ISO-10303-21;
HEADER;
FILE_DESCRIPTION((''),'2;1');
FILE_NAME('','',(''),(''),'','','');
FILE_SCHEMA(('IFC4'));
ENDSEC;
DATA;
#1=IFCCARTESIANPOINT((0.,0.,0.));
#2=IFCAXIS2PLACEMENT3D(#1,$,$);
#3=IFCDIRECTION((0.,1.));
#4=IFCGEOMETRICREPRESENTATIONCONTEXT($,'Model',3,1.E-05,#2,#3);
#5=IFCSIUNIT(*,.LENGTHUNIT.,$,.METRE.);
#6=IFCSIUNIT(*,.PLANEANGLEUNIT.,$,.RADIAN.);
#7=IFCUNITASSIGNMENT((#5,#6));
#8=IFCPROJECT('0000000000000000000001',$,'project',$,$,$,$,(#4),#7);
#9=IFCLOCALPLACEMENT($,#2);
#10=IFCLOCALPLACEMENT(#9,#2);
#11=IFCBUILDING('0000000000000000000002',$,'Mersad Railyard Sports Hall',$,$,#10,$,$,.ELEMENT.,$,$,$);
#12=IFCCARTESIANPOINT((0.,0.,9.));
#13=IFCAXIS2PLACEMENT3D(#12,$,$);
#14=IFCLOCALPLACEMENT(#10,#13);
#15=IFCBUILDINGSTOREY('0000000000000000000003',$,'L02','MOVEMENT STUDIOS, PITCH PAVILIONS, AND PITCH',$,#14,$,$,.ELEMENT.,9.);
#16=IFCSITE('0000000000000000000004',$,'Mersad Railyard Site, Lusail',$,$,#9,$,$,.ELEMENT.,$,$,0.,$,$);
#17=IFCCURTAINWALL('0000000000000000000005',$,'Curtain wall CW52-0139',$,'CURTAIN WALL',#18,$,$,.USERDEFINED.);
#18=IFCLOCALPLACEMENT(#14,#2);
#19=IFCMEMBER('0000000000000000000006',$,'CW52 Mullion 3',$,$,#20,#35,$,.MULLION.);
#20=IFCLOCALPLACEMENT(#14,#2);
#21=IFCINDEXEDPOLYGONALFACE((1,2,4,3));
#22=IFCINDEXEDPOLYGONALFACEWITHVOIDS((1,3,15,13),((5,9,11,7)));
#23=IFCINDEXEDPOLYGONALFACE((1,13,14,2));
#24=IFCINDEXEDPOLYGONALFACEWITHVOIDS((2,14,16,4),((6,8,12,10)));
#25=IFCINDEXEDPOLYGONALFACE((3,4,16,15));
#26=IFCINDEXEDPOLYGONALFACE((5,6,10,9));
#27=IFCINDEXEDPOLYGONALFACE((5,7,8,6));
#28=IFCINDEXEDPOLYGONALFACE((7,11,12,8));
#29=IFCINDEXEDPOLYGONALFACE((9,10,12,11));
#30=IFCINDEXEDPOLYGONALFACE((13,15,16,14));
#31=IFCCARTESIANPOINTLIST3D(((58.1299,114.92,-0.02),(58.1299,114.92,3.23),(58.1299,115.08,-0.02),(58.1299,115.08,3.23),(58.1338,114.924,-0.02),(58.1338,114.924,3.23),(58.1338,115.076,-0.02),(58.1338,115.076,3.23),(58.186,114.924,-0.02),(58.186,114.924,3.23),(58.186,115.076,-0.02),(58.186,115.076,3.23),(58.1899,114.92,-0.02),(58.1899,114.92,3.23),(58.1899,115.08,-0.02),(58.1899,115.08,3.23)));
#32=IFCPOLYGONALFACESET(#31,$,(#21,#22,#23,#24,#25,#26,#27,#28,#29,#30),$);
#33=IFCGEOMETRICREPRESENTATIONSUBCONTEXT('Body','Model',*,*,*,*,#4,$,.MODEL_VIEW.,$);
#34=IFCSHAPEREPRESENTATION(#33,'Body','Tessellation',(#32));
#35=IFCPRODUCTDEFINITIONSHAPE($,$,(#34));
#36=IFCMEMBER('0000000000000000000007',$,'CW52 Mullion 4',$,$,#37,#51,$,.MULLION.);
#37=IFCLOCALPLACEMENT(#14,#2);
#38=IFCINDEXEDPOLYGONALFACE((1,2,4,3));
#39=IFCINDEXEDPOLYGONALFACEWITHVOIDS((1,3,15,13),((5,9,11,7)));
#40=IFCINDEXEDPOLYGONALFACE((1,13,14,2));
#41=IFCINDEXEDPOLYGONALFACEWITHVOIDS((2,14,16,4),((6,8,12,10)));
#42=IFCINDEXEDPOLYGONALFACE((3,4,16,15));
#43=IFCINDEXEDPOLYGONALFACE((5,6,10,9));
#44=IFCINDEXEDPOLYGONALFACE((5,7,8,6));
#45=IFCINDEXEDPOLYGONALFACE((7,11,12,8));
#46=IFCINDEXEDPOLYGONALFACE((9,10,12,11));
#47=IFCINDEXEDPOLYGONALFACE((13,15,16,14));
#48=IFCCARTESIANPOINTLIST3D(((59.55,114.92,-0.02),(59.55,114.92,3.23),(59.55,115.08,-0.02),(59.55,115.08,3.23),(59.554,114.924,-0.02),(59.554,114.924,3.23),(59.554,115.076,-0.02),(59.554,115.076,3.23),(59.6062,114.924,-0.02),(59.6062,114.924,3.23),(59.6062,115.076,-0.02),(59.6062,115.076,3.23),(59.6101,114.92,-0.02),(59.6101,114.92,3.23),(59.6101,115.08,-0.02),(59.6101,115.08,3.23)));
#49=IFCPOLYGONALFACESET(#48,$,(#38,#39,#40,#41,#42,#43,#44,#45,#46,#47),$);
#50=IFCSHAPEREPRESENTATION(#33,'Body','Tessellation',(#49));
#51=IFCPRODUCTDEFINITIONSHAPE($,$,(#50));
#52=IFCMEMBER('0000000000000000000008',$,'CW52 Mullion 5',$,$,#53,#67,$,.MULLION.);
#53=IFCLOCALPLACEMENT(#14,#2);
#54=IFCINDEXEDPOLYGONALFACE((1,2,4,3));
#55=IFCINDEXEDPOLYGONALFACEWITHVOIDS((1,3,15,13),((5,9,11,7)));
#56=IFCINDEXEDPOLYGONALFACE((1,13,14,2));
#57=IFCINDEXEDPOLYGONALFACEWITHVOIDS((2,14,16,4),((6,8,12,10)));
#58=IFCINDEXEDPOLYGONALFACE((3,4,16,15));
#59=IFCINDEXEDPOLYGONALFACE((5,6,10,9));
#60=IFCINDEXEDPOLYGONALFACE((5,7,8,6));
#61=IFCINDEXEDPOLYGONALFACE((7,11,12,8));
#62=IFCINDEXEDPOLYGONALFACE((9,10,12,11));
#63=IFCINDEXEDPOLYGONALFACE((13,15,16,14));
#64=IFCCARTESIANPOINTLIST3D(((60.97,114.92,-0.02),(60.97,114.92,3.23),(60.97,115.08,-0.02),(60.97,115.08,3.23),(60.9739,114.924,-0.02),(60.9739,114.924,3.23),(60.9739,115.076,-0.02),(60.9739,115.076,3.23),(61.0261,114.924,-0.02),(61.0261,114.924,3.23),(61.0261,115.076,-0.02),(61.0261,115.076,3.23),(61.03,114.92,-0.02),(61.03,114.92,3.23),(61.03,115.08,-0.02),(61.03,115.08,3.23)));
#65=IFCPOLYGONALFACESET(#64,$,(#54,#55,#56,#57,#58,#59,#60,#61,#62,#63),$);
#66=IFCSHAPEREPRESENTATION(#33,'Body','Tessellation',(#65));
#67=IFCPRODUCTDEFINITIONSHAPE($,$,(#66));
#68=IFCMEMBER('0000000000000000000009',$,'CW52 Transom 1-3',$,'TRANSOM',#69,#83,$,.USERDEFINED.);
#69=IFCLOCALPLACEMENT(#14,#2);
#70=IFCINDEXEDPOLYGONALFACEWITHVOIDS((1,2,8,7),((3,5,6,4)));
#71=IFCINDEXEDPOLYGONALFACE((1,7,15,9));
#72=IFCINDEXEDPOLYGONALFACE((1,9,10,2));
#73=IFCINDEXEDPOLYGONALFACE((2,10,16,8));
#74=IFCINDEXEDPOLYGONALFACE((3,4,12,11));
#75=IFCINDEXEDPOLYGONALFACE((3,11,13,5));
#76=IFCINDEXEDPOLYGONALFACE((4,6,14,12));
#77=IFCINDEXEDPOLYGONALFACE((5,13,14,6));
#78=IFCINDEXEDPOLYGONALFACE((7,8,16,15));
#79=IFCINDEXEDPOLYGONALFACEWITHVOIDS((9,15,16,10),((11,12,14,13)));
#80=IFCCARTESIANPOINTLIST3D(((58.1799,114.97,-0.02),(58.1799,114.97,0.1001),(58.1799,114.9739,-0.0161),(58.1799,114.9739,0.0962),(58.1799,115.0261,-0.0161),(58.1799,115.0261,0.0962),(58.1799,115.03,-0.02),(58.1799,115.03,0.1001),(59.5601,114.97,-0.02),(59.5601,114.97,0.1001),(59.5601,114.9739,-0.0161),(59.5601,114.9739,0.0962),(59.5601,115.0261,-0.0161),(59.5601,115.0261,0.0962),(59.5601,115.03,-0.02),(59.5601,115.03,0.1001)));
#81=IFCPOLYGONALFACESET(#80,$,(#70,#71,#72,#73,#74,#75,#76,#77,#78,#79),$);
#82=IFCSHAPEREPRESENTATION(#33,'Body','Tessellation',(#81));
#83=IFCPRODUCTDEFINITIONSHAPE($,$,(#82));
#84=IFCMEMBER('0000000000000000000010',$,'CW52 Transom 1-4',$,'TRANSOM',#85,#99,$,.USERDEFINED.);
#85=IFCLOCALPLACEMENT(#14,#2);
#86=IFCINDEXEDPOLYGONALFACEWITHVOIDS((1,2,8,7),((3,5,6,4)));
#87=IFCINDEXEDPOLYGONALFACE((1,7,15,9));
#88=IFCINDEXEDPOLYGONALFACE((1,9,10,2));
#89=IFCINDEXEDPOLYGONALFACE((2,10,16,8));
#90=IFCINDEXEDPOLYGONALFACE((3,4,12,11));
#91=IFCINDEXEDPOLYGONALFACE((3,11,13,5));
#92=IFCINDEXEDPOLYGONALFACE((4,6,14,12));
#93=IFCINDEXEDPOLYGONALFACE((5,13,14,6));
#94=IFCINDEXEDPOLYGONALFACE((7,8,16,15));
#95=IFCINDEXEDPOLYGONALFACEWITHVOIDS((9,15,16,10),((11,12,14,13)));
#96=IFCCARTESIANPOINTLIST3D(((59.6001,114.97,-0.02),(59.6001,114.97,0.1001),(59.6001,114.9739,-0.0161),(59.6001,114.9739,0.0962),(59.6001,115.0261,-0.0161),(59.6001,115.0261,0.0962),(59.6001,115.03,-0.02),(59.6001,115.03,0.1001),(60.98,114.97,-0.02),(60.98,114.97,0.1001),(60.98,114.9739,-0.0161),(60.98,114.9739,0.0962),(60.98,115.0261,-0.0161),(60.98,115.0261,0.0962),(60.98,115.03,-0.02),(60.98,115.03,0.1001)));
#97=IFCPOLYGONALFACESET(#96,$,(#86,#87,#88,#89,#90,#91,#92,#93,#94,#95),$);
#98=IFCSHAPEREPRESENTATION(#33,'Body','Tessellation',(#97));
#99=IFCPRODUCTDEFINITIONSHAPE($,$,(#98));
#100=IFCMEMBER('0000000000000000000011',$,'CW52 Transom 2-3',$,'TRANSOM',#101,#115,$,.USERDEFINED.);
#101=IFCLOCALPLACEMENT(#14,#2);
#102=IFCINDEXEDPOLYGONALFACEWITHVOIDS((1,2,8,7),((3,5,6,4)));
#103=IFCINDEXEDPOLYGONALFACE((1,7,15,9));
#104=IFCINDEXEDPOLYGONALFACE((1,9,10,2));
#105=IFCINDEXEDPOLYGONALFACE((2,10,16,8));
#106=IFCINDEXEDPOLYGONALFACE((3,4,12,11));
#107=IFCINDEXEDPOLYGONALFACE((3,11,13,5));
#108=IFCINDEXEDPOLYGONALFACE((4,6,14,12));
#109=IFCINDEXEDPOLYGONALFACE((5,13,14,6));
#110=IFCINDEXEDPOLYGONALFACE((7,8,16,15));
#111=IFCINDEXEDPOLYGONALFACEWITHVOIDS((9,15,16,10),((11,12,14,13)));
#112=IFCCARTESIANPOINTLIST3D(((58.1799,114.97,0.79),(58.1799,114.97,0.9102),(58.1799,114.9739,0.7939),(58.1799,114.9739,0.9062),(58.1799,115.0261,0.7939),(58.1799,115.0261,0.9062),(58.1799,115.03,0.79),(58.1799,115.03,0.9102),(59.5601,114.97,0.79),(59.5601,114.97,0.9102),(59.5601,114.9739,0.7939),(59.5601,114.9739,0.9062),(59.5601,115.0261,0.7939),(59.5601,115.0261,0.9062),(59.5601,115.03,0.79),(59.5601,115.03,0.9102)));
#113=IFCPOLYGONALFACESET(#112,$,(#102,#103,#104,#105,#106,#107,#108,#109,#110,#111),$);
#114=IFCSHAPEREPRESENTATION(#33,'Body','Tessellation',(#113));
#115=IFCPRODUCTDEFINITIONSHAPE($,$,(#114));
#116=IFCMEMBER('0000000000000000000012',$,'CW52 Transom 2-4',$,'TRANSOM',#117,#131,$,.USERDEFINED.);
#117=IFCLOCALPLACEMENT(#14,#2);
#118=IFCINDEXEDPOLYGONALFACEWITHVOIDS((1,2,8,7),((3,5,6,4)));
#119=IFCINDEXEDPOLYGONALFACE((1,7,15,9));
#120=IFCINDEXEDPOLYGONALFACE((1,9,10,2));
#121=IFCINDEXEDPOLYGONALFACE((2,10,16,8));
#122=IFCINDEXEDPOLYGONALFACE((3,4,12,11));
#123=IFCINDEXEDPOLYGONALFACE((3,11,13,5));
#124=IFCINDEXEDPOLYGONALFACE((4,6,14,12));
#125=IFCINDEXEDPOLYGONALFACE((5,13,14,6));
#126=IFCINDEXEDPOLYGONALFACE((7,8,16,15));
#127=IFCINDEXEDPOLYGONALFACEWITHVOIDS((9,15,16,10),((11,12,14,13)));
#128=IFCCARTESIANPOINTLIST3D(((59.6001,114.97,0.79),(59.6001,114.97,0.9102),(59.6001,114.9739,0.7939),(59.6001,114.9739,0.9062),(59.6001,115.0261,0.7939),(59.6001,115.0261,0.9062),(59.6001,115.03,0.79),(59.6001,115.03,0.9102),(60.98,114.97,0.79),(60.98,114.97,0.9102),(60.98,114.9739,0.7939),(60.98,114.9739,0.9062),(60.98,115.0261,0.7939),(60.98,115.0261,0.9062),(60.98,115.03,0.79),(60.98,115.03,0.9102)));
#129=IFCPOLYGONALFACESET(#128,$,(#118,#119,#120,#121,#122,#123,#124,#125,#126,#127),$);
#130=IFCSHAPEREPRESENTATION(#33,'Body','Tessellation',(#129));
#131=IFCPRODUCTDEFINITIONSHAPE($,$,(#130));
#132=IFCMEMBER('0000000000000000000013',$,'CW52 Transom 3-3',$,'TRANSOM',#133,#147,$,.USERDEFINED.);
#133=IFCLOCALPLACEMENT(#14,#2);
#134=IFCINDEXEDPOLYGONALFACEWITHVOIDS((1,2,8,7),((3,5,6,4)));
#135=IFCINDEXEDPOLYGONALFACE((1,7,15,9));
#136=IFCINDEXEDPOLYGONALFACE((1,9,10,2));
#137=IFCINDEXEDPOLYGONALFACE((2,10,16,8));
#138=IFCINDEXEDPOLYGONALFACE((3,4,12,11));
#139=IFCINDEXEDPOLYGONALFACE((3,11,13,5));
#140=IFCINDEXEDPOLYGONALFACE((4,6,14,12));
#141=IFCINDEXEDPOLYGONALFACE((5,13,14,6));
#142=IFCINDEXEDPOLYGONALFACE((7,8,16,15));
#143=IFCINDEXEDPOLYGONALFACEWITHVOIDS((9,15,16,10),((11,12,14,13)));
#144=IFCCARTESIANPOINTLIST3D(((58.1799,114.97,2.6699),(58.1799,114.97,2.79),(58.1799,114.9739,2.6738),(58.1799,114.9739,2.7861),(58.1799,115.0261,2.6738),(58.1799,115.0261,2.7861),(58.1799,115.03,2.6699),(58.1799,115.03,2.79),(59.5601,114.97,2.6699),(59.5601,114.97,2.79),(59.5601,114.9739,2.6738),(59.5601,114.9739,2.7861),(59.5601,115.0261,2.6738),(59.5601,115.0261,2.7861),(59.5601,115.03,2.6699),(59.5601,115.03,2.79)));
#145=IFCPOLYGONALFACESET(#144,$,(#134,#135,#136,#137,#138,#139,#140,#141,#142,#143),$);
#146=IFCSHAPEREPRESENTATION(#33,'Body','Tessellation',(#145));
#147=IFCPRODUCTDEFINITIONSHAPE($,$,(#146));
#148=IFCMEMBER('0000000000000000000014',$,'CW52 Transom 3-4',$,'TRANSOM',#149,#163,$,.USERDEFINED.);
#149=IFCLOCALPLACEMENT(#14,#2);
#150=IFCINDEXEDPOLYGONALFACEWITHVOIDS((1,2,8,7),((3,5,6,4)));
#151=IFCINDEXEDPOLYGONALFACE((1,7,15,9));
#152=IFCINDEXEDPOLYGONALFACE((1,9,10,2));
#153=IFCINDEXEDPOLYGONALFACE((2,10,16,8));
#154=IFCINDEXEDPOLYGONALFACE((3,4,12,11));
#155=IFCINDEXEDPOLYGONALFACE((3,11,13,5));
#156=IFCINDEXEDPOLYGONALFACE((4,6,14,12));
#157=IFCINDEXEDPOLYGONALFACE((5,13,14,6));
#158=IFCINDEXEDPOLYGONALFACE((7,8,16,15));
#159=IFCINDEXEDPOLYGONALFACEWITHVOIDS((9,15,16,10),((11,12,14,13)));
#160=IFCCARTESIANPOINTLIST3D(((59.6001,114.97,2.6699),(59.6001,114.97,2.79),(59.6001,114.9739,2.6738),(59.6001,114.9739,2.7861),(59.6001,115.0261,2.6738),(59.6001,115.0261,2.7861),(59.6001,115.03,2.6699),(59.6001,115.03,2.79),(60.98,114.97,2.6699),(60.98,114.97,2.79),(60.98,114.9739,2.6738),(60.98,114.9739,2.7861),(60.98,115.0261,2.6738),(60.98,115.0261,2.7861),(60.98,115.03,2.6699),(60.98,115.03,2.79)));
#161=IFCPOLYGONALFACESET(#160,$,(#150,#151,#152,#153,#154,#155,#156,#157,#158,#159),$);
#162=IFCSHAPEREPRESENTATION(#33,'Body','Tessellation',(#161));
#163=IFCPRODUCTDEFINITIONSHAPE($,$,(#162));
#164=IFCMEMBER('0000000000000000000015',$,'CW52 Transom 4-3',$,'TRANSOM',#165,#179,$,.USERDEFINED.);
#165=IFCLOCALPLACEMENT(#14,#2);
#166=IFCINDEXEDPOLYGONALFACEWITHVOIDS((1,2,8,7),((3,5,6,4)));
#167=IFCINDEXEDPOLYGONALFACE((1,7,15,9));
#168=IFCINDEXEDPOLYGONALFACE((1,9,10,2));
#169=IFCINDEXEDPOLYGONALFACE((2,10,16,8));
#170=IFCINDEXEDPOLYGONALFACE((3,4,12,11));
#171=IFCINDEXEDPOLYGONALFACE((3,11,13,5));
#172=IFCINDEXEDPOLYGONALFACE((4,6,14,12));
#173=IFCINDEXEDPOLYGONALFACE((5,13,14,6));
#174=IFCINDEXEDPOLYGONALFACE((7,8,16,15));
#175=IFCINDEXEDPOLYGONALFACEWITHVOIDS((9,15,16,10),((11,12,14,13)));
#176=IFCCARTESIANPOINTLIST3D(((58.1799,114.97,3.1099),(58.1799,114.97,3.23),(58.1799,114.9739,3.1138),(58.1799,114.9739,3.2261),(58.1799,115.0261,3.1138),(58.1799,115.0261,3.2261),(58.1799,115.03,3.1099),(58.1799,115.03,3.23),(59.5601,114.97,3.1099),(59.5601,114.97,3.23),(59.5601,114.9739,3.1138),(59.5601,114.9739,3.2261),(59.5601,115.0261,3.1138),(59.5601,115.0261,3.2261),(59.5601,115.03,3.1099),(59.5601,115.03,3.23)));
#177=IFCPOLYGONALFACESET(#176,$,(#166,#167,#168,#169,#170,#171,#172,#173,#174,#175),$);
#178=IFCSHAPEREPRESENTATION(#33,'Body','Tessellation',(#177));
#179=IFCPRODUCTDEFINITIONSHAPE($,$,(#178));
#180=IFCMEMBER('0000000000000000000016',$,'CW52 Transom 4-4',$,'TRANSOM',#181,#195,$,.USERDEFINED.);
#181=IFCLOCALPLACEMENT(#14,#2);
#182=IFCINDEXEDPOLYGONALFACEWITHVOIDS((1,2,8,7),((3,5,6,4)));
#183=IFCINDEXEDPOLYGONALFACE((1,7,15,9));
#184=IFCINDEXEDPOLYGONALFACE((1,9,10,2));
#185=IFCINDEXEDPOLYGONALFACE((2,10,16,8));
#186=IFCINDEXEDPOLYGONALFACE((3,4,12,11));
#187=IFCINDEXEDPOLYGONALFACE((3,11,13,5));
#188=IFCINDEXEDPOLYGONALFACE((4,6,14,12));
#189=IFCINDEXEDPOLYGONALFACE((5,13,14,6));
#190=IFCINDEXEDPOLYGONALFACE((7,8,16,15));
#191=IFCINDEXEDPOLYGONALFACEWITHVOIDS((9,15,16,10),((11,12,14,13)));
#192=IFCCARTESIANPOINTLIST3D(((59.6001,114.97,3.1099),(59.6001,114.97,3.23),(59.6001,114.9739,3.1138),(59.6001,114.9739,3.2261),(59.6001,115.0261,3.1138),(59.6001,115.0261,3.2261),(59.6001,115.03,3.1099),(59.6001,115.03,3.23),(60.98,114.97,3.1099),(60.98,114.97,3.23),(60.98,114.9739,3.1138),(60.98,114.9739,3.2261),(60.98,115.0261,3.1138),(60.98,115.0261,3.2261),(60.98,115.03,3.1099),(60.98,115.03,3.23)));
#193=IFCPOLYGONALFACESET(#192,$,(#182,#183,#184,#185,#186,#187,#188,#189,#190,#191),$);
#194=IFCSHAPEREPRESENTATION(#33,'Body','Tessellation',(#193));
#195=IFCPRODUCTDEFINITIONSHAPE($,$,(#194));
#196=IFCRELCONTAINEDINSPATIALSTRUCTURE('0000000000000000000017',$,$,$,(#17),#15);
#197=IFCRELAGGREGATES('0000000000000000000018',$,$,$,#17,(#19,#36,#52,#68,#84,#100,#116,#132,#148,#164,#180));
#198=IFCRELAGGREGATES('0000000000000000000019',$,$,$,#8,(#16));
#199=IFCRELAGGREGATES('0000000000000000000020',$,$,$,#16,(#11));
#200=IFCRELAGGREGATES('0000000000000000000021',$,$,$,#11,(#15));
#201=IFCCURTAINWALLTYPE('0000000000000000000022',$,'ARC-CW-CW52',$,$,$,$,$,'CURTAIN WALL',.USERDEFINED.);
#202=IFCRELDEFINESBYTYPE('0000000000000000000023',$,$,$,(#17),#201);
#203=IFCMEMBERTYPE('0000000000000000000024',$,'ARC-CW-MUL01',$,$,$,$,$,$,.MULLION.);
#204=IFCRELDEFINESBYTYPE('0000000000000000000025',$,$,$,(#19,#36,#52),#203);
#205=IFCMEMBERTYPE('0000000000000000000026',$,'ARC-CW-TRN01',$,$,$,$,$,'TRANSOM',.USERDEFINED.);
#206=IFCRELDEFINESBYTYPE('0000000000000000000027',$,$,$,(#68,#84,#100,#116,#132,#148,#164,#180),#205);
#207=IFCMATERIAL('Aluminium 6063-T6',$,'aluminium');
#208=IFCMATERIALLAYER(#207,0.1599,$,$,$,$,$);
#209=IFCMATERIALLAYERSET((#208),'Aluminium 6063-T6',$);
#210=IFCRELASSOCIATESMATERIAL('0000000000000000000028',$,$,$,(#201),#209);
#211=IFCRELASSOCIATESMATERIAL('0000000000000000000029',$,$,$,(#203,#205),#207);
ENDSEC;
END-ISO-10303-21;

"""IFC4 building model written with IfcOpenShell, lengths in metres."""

from ifc_helpers import new_model, si_unit, direction, frame, origin, origin_2d, place, context, subcontext, project, spatial, hollow_rectangle, extrude, material, layer, layer_set, material_profile, profile_set, type_object, element, aggregate, save


model = new_model("IFC4")

# Units and contexts
model_context = context("Model", 3, precision=1e-05, world=origin(), true_north=direction((0.0, 1.0)))
body_context = subcontext(model_context, "Body", "Model", "MODEL_VIEW")
ifc_project = project(units=[si_unit("LENGTHUNIT", "METRE"), si_unit("PLANEANGLEUNIT", "RADIAN")], contexts=[model_context])

# Site, building, storey
site_placement = place(None, origin())
site = spatial("IfcSite", under=ifc_project, at=site_placement, Name="Mersad Railyard Site, Lusail", CompositionType="ELEMENT", RefElevation=0.0)
building_placement = place(site_placement, origin())
building = spatial("IfcBuilding", under=site, at=building_placement, Name="Mersad Railyard Sports Hall", CompositionType="ELEMENT")
storey_placement = place(building_placement, frame((0.0, 0.0, 9.0)))
storey = spatial("IfcBuildingStorey", under=building, at=storey_placement, Name="L02", Description="MOVEMENT STUDIOS, PITCH PAVILIONS, AND PITCH", CompositionType="ELEMENT", Elevation=9.0)

# Curtain wall, members
ifc_material_1 = material(Name="Aluminium 6063-T6", Category="aluminium")
ifc_layer_1 = layer(ifc_material_1, 0.1599)
ifc_layer_set_1 = layer_set([ifc_layer_1], Name="Aluminium 6063-T6")
curtain_wall_type = type_object("IfcCurtainWallType", Name="ARC-CW-CW52", ElementType="CURTAIN WALL", PredefinedType="USERDEFINED", material=ifc_layer_set_1)
curtain_wall_placement = place(storey_placement, origin())
curtain_wall = element("IfcCurtainWall", 1, at=curtain_wall_placement, inside=storey, type_object=curtain_wall_type, Name="Curtain wall CW52-0139", ObjectType="CURTAIN WALL", PredefinedType="USERDEFINED")
ifc_material_profile_1 = material_profile(ifc_material_1, hollow_rectangle(XDim=0.0601, YDim=0.1599, WallThickness=0.0039, at=origin_2d()), Name="AL MULLION 60x160x4")
ifc_profile_set_1 = profile_set([ifc_material_profile_1], Name="Aluminium 6063-T6")
member_type_1 = type_object("IfcMemberType", Name="ARC-CW-MUL01", PredefinedType="MULLION", material=ifc_profile_set_1)
member_1_placement = place(storey_placement, frame((58.1599, 115.0, -0.02), z_axis=(0.0, 0.0, 1.0), x_axis=(1.0, 0.0, 0.0)))
member_1 = element("IfcMember", 2, at=member_1_placement, type_object=member_type_1, Name="CW52 Mullion 3", PredefinedType="MULLION", context=body_context, shape_type="SweptSolid", body=[
    extrude(hollow_rectangle(XDim=0.0601, YDim=0.1599, WallThickness=0.0039, at=origin_2d()), origin(), (0.0, 0.0, 1.0), 3.25),
])
member_2_placement = place(storey_placement, frame((59.5801, 115.0, -0.02), z_axis=(0.0, 0.0, 1.0), x_axis=(1.0, 0.0, 0.0)))
member_2 = element("IfcMember", 3, at=member_2_placement, type_object=member_type_1, Name="CW52 Mullion 4", PredefinedType="MULLION", context=body_context, shape_type="SweptSolid", body=[
    extrude(hollow_rectangle(XDim=0.0601, YDim=0.1599, WallThickness=0.0039, at=origin_2d()), origin(), (0.0, 0.0, 1.0), 3.25),
])
member_3_placement = place(storey_placement, frame((61.0, 115.0, -0.02), z_axis=(0.0, 0.0, 1.0), x_axis=(1.0, 0.0, 0.0)))
member_3 = element("IfcMember", 4, at=member_3_placement, type_object=member_type_1, Name="CW52 Mullion 5", PredefinedType="MULLION", context=body_context, shape_type="SweptSolid", body=[
    extrude(hollow_rectangle(XDim=0.0601, YDim=0.1599, WallThickness=0.0039, at=origin_2d()), origin(), (0.0, 0.0, 1.0), 3.25),
])
ifc_material_profile_2 = material_profile(ifc_material_1, hollow_rectangle(XDim=0.0601, YDim=0.1201, WallThickness=0.0039, at=origin_2d()), Name="AL TRANSOM 60x120x4")
ifc_profile_set_2 = profile_set([ifc_material_profile_2], Name="Aluminium 6063-T6")
member_type_2 = type_object("IfcMemberType", Name="ARC-CW-TRN01", ElementType="TRANSOM", PredefinedType="USERDEFINED", material=ifc_profile_set_2)
member_4_placement = place(storey_placement, frame((58.1799, 115.0, 0.04), z_axis=(1.0, 0.0, 0.0), x_axis=(0.0, 1.0, 0.0)))
member_4 = element("IfcMember", 5, at=member_4_placement, type_object=member_type_2, Name="CW52 Transom 1-3", ObjectType="TRANSOM", PredefinedType="USERDEFINED", context=body_context, shape_type="SweptSolid", body=[
    extrude(hollow_rectangle(XDim=0.0601, YDim=0.1201, WallThickness=0.0039, at=origin_2d()), origin(), (0.0, 0.0, 1.0), 1.3801),
])
member_5_placement = place(storey_placement, frame((59.6001, 115.0, 0.04), z_axis=(1.0, 0.0, 0.0), x_axis=(0.0, 1.0, 0.0)))
member_5 = element("IfcMember", 6, at=member_5_placement, type_object=member_type_2, Name="CW52 Transom 1-4", ObjectType="TRANSOM", PredefinedType="USERDEFINED", context=body_context, shape_type="SweptSolid", body=[
    extrude(hollow_rectangle(XDim=0.0601, YDim=0.1201, WallThickness=0.0039, at=origin_2d()), origin(), (0.0, 0.0, 1.0), 1.3799),
])
member_6_placement = place(storey_placement, frame((58.1799, 115.0, 0.8501), z_axis=(1.0, 0.0, 0.0), x_axis=(0.0, 1.0, 0.0)))
member_6 = element("IfcMember", 7, at=member_6_placement, type_object=member_type_2, Name="CW52 Transom 2-3", ObjectType="TRANSOM", PredefinedType="USERDEFINED", context=body_context, shape_type="SweptSolid", body=[
    extrude(hollow_rectangle(XDim=0.0601, YDim=0.1201, WallThickness=0.0039, at=origin_2d()), origin(), (0.0, 0.0, 1.0), 1.3801),
])
member_7_placement = place(storey_placement, frame((59.6001, 115.0, 0.8501), z_axis=(1.0, 0.0, 0.0), x_axis=(0.0, 1.0, 0.0)))
member_7 = element("IfcMember", 8, at=member_7_placement, type_object=member_type_2, Name="CW52 Transom 2-4", ObjectType="TRANSOM", PredefinedType="USERDEFINED", context=body_context, shape_type="SweptSolid", body=[
    extrude(hollow_rectangle(XDim=0.0601, YDim=0.1201, WallThickness=0.0039, at=origin_2d()), origin(), (0.0, 0.0, 1.0), 1.3799),
])
member_8_placement = place(storey_placement, frame((58.1799, 115.0, 2.73), z_axis=(1.0, 0.0, 0.0), x_axis=(0.0, 1.0, 0.0)))
member_8 = element("IfcMember", 9, at=member_8_placement, type_object=member_type_2, Name="CW52 Transom 3-3", ObjectType="TRANSOM", PredefinedType="USERDEFINED", context=body_context, shape_type="SweptSolid", body=[
    extrude(hollow_rectangle(XDim=0.0601, YDim=0.1201, WallThickness=0.0039, at=origin_2d()), origin(), (0.0, 0.0, 1.0), 1.3801),
])
member_9_placement = place(storey_placement, frame((59.6001, 115.0, 2.73), z_axis=(1.0, 0.0, 0.0), x_axis=(0.0, 1.0, 0.0)))
member_9 = element("IfcMember", 10, at=member_9_placement, type_object=member_type_2, Name="CW52 Transom 3-4", ObjectType="TRANSOM", PredefinedType="USERDEFINED", context=body_context, shape_type="SweptSolid", body=[
    extrude(hollow_rectangle(XDim=0.0601, YDim=0.1201, WallThickness=0.0039, at=origin_2d()), origin(), (0.0, 0.0, 1.0), 1.3799),
])
member_10_placement = place(storey_placement, frame((58.1799, 115.0, 3.1699), z_axis=(1.0, 0.0, 0.0), x_axis=(0.0, 1.0, 0.0)))
member_10 = element("IfcMember", 11, at=member_10_placement, type_object=member_type_2, Name="CW52 Transom 4-3", ObjectType="TRANSOM", PredefinedType="USERDEFINED", context=body_context, shape_type="SweptSolid", body=[
    extrude(hollow_rectangle(XDim=0.0601, YDim=0.1201, WallThickness=0.0039, at=origin_2d()), origin(), (0.0, 0.0, 1.0), 1.3801),
])
member_11_placement = place(storey_placement, frame((59.6001, 115.0, 3.1699), z_axis=(1.0, 0.0, 0.0), x_axis=(0.0, 1.0, 0.0)))
member_11 = element("IfcMember", 12, at=member_11_placement, type_object=member_type_2, Name="CW52 Transom 4-4", ObjectType="TRANSOM", PredefinedType="USERDEFINED", context=body_context, shape_type="SweptSolid", body=[
    extrude(hollow_rectangle(XDim=0.0601, YDim=0.1201, WallThickness=0.0039, at=origin_2d()), origin(), (0.0, 0.0, 1.0), 1.3799),
])
aggregate(curtain_wall, [member_1, member_2, member_3, member_4, member_5, member_6, member_7, member_8, member_9, member_10, member_11])

save(model, "model.ifc")
